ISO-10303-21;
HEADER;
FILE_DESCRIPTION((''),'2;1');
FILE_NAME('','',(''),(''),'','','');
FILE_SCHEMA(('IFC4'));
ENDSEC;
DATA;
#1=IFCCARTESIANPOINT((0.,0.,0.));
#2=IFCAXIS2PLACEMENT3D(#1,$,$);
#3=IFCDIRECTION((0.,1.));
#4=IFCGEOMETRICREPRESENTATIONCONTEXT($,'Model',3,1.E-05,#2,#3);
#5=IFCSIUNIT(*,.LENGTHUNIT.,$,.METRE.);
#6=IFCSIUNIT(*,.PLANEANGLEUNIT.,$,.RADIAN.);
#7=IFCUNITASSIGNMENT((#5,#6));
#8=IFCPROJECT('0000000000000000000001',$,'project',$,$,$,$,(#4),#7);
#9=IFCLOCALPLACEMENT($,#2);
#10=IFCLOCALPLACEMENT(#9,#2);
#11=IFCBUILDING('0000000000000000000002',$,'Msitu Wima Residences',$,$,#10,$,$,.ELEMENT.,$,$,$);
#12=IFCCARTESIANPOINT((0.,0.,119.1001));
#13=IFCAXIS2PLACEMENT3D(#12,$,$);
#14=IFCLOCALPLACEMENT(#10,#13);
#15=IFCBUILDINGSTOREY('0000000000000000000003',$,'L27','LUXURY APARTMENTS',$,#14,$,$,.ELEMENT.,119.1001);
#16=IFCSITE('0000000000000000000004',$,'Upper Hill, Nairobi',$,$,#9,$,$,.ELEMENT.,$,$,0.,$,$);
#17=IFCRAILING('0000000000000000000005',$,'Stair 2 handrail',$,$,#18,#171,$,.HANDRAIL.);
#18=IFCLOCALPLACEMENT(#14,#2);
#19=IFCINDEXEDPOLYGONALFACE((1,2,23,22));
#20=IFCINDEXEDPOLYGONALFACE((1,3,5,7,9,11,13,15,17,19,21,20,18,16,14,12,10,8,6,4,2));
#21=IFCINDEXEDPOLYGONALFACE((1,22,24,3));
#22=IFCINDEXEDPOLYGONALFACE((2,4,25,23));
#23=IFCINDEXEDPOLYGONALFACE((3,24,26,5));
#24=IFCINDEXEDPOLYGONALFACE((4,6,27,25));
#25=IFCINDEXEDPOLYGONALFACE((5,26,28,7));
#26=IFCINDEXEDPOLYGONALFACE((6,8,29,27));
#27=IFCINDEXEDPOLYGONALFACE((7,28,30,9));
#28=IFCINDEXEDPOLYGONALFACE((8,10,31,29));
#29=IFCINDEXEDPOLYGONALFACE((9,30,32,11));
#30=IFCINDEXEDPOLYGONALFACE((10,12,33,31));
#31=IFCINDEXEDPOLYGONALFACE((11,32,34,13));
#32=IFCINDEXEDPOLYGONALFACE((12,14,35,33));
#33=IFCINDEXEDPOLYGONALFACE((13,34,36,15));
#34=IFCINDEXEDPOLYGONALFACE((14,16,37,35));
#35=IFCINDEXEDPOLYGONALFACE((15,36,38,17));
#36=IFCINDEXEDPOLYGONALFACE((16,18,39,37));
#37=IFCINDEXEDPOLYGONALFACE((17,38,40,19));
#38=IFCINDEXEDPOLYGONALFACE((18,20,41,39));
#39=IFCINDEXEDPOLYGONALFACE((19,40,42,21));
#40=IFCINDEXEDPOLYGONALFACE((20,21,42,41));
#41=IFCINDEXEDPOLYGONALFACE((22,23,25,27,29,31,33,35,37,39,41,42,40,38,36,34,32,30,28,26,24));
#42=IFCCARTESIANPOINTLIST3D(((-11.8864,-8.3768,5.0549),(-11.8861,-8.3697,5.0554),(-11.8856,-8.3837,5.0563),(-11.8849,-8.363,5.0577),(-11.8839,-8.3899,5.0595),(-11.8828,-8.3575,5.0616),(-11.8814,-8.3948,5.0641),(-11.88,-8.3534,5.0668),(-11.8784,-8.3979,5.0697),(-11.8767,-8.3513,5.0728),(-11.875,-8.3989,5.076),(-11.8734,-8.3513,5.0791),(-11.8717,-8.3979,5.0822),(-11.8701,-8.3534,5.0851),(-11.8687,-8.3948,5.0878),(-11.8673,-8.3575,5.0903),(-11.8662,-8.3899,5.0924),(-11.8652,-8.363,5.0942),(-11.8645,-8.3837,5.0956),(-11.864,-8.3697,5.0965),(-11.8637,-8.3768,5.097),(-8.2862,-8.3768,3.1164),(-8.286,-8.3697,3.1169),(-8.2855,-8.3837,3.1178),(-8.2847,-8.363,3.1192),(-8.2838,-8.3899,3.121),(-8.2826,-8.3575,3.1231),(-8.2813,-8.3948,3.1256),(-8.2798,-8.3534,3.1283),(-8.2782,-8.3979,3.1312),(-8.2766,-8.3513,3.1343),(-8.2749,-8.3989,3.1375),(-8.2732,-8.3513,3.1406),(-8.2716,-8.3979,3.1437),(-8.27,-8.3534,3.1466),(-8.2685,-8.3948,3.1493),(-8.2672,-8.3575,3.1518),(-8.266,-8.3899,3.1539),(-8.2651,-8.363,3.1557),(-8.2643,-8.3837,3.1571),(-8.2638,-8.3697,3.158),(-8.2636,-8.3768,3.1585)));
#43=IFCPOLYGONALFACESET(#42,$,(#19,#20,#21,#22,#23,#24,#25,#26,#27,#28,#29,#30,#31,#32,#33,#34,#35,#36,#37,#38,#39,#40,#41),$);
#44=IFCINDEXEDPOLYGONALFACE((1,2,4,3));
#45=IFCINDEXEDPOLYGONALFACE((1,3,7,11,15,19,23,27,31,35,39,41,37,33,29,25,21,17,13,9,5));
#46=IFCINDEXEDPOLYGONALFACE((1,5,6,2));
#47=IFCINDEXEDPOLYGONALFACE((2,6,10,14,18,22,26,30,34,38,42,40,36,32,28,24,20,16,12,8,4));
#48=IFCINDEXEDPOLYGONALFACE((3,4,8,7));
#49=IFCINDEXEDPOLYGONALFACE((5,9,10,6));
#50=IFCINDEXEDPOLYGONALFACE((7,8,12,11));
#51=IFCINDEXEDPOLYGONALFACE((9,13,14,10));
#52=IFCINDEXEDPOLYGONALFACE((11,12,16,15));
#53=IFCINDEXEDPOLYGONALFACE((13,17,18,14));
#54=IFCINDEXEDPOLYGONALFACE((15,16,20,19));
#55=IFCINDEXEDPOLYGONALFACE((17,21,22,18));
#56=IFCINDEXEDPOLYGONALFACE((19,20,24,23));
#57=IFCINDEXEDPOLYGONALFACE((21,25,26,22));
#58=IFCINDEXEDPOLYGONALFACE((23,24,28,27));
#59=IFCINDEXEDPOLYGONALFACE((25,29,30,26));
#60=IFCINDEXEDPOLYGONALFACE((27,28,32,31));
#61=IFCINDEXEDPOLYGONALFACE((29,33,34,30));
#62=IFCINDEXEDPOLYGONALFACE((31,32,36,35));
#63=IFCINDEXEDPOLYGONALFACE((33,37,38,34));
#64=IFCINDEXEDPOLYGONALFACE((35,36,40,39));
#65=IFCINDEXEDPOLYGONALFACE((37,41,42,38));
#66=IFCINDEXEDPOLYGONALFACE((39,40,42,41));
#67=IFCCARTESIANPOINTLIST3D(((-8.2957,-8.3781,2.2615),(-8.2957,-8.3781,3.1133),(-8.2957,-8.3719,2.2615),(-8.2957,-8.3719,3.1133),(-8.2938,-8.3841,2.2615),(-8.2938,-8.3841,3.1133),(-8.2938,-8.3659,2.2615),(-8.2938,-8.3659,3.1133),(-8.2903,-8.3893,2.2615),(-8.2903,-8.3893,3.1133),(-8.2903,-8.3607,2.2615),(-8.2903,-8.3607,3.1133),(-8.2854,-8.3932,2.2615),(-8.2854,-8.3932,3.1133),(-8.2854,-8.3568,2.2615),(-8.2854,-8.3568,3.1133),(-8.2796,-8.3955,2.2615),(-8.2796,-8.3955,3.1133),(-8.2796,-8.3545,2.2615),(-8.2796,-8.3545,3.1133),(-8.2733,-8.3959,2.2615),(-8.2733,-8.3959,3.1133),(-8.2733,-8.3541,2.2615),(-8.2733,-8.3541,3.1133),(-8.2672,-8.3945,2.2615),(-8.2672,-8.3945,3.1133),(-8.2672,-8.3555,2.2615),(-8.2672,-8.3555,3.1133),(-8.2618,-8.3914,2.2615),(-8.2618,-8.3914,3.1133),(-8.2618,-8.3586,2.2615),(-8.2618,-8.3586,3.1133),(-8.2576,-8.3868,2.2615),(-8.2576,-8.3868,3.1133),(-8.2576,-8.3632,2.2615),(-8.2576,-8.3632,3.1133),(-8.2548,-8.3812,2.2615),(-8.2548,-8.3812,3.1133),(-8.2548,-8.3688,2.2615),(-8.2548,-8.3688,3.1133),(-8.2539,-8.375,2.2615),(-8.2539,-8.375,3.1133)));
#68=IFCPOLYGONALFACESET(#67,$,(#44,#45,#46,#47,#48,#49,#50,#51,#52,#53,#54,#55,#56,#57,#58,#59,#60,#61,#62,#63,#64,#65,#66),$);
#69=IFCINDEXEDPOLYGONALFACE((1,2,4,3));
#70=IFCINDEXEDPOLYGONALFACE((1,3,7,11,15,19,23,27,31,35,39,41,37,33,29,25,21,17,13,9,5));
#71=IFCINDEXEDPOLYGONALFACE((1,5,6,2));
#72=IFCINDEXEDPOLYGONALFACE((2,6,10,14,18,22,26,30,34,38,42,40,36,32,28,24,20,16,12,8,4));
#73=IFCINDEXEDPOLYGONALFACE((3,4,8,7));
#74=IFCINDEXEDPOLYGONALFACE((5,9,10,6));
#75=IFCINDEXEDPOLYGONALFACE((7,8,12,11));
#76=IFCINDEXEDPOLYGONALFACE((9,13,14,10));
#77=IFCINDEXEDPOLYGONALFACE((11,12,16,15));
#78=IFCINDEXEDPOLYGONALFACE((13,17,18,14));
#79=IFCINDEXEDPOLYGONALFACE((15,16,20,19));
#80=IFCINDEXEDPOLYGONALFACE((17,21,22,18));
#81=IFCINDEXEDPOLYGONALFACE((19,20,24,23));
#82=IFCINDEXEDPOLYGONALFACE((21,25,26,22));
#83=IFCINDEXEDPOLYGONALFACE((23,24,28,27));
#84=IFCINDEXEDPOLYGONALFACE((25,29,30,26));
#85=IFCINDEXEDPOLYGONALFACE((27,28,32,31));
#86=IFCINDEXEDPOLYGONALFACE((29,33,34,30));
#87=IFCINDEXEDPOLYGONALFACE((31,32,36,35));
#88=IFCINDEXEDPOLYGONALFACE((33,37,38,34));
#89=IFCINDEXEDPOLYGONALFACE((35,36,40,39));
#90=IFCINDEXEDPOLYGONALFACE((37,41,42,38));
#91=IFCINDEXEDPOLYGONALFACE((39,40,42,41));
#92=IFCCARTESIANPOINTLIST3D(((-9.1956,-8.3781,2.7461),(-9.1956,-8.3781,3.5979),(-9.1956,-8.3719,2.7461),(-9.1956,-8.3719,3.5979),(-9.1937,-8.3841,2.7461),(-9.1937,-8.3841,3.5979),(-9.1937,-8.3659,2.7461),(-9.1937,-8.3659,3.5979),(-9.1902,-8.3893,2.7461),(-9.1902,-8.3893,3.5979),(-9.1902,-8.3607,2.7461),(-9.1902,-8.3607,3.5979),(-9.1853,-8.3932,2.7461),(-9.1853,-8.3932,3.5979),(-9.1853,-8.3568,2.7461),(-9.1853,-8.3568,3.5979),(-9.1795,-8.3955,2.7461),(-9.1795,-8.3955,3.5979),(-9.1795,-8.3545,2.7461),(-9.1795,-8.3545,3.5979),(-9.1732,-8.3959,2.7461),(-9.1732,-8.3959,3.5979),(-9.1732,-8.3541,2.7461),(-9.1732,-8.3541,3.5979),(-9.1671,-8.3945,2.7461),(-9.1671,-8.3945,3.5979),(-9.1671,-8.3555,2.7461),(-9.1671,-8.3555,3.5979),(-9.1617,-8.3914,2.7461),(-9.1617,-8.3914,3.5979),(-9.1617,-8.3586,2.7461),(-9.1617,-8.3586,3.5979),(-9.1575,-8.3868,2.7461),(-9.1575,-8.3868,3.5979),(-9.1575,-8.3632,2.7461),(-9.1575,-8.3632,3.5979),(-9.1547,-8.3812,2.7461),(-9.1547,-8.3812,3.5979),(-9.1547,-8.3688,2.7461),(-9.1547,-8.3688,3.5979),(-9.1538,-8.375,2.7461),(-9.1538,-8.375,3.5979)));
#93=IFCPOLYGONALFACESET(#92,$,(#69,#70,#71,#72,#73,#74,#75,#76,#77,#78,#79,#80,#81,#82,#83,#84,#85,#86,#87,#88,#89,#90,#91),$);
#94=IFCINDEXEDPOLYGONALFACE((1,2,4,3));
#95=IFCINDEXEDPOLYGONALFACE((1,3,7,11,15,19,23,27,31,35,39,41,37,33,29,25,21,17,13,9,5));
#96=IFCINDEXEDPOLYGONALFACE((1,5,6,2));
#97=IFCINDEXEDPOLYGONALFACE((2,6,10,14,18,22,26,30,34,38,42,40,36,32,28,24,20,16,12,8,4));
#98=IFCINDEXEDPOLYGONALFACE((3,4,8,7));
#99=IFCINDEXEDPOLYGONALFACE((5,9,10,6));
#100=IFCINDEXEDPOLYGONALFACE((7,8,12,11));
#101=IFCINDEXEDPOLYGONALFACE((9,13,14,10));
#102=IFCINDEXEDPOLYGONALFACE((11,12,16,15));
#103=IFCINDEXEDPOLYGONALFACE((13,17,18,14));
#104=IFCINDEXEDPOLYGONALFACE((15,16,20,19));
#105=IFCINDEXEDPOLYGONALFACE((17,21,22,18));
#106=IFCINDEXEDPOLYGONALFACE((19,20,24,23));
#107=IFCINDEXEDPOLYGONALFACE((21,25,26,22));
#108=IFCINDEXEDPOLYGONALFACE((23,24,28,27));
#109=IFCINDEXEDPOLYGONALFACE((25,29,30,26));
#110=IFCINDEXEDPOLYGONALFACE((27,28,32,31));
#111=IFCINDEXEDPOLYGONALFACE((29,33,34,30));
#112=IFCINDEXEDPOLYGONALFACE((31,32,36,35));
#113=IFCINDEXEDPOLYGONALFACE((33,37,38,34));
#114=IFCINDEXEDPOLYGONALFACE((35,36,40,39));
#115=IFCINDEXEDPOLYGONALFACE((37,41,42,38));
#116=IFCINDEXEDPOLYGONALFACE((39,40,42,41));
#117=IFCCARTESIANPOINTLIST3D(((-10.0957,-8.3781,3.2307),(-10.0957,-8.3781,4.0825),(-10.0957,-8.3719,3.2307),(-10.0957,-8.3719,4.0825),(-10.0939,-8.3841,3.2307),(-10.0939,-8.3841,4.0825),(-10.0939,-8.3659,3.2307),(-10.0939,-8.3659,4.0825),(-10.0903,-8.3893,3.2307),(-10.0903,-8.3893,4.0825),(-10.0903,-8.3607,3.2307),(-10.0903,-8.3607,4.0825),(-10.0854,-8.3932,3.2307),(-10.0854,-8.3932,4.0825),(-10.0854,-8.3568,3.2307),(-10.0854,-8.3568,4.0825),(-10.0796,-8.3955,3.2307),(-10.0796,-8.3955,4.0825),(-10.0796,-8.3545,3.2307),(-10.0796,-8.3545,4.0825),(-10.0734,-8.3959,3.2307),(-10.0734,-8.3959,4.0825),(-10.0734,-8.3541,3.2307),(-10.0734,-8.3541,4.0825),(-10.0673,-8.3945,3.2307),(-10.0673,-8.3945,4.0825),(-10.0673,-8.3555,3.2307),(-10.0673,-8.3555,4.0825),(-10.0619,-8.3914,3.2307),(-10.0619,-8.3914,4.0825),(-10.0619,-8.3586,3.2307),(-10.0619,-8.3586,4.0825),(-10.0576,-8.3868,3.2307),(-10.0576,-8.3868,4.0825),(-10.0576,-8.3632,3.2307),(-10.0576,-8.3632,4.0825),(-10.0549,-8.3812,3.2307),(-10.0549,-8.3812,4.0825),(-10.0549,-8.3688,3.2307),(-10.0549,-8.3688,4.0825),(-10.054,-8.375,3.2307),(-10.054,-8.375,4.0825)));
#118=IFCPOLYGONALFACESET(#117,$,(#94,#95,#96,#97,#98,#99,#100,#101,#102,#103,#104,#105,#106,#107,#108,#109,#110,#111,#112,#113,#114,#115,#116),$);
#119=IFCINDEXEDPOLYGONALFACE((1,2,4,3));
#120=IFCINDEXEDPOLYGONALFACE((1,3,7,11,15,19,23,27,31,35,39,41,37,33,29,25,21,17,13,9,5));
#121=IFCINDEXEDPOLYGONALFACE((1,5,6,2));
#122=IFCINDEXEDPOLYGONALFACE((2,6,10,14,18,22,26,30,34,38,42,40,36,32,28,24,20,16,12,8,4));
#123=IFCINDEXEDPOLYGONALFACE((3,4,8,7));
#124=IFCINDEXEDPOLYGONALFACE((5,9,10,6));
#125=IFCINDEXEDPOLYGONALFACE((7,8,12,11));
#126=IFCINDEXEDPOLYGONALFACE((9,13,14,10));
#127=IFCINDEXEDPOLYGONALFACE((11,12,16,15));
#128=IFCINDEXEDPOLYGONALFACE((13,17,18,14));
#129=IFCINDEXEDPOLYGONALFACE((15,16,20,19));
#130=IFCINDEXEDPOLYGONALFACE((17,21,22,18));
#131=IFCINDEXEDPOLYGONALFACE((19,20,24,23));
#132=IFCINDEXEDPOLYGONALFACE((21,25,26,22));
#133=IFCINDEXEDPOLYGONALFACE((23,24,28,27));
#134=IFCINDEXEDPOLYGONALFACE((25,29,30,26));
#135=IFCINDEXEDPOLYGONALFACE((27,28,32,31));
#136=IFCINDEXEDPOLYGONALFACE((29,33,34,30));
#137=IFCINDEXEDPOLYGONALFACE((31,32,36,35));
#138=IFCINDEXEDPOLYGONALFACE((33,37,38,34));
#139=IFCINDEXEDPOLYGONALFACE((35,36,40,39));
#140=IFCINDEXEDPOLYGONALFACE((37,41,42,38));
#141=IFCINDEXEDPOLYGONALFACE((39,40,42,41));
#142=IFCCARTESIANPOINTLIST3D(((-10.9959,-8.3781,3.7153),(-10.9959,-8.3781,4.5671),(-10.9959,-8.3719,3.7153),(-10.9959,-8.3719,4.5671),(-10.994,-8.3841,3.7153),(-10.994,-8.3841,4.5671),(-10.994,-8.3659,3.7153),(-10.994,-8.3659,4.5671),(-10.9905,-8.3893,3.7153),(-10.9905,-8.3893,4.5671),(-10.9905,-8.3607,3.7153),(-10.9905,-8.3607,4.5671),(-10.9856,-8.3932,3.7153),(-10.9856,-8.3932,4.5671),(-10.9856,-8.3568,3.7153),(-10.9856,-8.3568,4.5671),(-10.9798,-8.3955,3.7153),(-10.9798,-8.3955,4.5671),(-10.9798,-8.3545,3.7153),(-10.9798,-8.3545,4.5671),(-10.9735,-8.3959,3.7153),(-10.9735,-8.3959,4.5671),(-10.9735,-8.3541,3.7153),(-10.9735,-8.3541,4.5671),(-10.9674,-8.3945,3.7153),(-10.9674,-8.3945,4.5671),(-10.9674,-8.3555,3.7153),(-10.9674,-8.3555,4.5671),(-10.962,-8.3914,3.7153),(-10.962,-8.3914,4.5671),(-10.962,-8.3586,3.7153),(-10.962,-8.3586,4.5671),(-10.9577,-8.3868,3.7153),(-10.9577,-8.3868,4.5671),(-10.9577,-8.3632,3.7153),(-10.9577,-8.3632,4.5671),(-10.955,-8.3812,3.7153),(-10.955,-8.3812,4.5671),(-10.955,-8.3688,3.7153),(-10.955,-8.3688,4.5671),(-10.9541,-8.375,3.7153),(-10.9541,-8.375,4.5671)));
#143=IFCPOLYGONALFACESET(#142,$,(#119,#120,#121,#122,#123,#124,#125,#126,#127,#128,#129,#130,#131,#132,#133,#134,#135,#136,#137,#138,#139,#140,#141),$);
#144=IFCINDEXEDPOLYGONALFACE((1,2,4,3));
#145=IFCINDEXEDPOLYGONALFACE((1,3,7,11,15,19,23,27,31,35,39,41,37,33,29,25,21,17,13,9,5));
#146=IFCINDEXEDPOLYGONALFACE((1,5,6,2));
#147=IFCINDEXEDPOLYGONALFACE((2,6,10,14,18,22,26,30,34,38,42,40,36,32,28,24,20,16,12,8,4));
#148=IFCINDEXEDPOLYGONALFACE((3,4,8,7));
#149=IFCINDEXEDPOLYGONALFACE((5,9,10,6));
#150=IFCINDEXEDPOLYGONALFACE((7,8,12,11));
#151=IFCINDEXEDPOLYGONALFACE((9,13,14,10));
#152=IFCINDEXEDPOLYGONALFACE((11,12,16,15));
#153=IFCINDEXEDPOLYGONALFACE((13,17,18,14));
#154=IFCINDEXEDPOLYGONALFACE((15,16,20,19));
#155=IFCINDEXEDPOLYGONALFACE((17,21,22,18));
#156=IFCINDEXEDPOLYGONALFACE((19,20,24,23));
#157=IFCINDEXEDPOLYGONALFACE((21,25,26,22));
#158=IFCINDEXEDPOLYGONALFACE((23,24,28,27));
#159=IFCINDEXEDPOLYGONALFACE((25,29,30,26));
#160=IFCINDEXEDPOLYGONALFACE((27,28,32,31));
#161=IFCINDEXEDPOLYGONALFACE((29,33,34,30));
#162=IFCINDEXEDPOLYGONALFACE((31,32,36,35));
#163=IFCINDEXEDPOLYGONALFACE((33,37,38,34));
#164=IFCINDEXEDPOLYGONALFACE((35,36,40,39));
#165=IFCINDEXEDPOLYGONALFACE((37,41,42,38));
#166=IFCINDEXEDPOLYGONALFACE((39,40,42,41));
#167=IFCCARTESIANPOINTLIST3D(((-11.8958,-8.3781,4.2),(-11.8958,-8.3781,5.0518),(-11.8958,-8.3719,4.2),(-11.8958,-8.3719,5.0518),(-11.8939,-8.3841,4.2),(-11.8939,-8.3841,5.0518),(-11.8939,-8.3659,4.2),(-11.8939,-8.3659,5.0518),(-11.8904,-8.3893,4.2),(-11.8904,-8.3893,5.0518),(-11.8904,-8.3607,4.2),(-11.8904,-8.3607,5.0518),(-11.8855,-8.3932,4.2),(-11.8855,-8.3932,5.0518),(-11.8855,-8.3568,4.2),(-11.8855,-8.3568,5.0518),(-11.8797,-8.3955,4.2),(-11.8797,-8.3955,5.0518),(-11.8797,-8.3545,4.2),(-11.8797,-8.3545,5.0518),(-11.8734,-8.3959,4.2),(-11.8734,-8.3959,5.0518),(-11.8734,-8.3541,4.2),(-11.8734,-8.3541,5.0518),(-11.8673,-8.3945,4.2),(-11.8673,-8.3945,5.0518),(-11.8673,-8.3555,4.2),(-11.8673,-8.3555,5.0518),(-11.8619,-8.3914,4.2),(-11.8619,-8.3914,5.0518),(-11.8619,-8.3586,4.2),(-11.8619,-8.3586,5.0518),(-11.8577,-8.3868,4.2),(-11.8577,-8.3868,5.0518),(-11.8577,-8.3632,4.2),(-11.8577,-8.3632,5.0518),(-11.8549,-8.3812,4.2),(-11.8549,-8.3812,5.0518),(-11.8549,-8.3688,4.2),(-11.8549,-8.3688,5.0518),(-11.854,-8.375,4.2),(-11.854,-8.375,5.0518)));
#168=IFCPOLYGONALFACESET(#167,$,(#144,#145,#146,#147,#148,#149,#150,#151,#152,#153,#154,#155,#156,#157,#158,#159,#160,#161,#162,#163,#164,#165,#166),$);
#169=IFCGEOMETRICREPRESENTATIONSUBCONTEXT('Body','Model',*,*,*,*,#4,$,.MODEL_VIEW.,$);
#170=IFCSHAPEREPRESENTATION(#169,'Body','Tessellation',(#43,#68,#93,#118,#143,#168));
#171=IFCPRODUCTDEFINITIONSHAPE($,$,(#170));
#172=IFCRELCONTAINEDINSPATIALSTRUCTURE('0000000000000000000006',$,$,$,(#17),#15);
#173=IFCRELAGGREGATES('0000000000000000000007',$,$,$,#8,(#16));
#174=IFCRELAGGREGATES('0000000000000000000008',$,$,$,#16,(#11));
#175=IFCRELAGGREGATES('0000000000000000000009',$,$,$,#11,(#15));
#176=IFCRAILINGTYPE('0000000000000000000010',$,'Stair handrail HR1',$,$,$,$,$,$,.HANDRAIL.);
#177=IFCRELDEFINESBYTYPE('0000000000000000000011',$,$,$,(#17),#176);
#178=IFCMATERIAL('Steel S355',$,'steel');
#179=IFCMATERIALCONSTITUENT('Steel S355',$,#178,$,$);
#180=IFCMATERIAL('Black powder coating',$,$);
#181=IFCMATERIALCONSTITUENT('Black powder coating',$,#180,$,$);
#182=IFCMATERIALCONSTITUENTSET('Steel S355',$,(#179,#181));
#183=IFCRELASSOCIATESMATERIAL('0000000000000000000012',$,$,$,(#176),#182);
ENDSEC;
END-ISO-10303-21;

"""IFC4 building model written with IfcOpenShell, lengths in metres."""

from ifc_helpers import new_model, si_unit, direction, frame, origin, origin_2d, place, context, subcontext, project, spatial, circle, extrude, material, constituent, constituent_set, type_object, element, save


model = new_model("IFC4")

# Units and contexts
model_context = context("Model", 3, precision=1e-05, world=origin(), true_north=direction((0.0, 1.0)))
body_context = subcontext(model_context, "Body", "Model", "MODEL_VIEW")
ifc_project = project(units=[si_unit("LENGTHUNIT", "METRE"), si_unit("PLANEANGLEUNIT", "RADIAN")], contexts=[model_context])

# Site, building, storey
site_placement = place(None, origin())
site = spatial("IfcSite", under=ifc_project, at=site_placement, Name="Upper Hill, Nairobi", CompositionType="ELEMENT", RefElevation=0.0)
building_placement = place(site_placement, origin())
building = spatial("IfcBuilding", under=site, at=building_placement, Name="Msitu Wima Residences", CompositionType="ELEMENT")
storey_placement = place(building_placement, frame((0.0, 0.0, 119.1001)))
storey = spatial("IfcBuildingStorey", under=building, at=storey_placement, Name="L27", Description="LUXURY APARTMENTS", CompositionType="ELEMENT", Elevation=119.1001)

# Railing
ifc_material_1 = material(Name="Steel S355", Category="steel")
ifc_constituent_1 = constituent(ifc_material_1, Name="Steel S355")
ifc_material_2 = material(Name="Black powder coating")
ifc_constituent_2 = constituent(ifc_material_2, Name="Black powder coating")
ifc_constituent_set = constituent_set(constituents=[ifc_constituent_1, ifc_constituent_2], Name="Steel S355")
railing_type = type_object("IfcRailingType", Name="Stair handrail HR1", PredefinedType="HANDRAIL", material=ifc_constituent_set)
for number, where, name in (
    (1, (-8.2749, -8.375, 2.2615), "Stair 2 handrail"),
):
    element("IfcRailing", number, at=place(storey_placement, frame(where)), inside=storey, type_object=railing_type, Name=name, PredefinedType="HANDRAIL", context=body_context, shape_type="SweptSolid", body=[
        extrude(circle(Radius=0.0239, at=origin_2d()), frame((0.0, 0.0, 0.876), z_axis=(-0.880475, 0.0, 0.474093), x_axis=(0.0, -1.0, 0.0)), (0.0, 0.0, 1.0), 4.0889),
        extrude(circle(Radius=0.021, at=origin_2d()), origin(), (0.0, 0.0, 1.0), 0.8518),
        extrude(circle(Radius=0.021, at=origin_2d()), frame((-0.8999, 0.0, 0.4846)), (0.0, 0.0, 1.0), 0.8518),
        extrude(circle(Radius=0.021, at=origin_2d()), frame((-1.8, 0.0, 0.9692)), (0.0, 0.0, 1.0), 0.8518),
        extrude(circle(Radius=0.021, at=origin_2d()), frame((-2.7002, 0.0, 1.4539)), (0.0, 0.0, 1.0), 0.8518),
        extrude(circle(Radius=0.021, at=origin_2d()), frame((-3.6001, 0.0, 1.9385)), (0.0, 0.0, 1.0), 0.8518),
    ])

save(model, "model.ifc")
